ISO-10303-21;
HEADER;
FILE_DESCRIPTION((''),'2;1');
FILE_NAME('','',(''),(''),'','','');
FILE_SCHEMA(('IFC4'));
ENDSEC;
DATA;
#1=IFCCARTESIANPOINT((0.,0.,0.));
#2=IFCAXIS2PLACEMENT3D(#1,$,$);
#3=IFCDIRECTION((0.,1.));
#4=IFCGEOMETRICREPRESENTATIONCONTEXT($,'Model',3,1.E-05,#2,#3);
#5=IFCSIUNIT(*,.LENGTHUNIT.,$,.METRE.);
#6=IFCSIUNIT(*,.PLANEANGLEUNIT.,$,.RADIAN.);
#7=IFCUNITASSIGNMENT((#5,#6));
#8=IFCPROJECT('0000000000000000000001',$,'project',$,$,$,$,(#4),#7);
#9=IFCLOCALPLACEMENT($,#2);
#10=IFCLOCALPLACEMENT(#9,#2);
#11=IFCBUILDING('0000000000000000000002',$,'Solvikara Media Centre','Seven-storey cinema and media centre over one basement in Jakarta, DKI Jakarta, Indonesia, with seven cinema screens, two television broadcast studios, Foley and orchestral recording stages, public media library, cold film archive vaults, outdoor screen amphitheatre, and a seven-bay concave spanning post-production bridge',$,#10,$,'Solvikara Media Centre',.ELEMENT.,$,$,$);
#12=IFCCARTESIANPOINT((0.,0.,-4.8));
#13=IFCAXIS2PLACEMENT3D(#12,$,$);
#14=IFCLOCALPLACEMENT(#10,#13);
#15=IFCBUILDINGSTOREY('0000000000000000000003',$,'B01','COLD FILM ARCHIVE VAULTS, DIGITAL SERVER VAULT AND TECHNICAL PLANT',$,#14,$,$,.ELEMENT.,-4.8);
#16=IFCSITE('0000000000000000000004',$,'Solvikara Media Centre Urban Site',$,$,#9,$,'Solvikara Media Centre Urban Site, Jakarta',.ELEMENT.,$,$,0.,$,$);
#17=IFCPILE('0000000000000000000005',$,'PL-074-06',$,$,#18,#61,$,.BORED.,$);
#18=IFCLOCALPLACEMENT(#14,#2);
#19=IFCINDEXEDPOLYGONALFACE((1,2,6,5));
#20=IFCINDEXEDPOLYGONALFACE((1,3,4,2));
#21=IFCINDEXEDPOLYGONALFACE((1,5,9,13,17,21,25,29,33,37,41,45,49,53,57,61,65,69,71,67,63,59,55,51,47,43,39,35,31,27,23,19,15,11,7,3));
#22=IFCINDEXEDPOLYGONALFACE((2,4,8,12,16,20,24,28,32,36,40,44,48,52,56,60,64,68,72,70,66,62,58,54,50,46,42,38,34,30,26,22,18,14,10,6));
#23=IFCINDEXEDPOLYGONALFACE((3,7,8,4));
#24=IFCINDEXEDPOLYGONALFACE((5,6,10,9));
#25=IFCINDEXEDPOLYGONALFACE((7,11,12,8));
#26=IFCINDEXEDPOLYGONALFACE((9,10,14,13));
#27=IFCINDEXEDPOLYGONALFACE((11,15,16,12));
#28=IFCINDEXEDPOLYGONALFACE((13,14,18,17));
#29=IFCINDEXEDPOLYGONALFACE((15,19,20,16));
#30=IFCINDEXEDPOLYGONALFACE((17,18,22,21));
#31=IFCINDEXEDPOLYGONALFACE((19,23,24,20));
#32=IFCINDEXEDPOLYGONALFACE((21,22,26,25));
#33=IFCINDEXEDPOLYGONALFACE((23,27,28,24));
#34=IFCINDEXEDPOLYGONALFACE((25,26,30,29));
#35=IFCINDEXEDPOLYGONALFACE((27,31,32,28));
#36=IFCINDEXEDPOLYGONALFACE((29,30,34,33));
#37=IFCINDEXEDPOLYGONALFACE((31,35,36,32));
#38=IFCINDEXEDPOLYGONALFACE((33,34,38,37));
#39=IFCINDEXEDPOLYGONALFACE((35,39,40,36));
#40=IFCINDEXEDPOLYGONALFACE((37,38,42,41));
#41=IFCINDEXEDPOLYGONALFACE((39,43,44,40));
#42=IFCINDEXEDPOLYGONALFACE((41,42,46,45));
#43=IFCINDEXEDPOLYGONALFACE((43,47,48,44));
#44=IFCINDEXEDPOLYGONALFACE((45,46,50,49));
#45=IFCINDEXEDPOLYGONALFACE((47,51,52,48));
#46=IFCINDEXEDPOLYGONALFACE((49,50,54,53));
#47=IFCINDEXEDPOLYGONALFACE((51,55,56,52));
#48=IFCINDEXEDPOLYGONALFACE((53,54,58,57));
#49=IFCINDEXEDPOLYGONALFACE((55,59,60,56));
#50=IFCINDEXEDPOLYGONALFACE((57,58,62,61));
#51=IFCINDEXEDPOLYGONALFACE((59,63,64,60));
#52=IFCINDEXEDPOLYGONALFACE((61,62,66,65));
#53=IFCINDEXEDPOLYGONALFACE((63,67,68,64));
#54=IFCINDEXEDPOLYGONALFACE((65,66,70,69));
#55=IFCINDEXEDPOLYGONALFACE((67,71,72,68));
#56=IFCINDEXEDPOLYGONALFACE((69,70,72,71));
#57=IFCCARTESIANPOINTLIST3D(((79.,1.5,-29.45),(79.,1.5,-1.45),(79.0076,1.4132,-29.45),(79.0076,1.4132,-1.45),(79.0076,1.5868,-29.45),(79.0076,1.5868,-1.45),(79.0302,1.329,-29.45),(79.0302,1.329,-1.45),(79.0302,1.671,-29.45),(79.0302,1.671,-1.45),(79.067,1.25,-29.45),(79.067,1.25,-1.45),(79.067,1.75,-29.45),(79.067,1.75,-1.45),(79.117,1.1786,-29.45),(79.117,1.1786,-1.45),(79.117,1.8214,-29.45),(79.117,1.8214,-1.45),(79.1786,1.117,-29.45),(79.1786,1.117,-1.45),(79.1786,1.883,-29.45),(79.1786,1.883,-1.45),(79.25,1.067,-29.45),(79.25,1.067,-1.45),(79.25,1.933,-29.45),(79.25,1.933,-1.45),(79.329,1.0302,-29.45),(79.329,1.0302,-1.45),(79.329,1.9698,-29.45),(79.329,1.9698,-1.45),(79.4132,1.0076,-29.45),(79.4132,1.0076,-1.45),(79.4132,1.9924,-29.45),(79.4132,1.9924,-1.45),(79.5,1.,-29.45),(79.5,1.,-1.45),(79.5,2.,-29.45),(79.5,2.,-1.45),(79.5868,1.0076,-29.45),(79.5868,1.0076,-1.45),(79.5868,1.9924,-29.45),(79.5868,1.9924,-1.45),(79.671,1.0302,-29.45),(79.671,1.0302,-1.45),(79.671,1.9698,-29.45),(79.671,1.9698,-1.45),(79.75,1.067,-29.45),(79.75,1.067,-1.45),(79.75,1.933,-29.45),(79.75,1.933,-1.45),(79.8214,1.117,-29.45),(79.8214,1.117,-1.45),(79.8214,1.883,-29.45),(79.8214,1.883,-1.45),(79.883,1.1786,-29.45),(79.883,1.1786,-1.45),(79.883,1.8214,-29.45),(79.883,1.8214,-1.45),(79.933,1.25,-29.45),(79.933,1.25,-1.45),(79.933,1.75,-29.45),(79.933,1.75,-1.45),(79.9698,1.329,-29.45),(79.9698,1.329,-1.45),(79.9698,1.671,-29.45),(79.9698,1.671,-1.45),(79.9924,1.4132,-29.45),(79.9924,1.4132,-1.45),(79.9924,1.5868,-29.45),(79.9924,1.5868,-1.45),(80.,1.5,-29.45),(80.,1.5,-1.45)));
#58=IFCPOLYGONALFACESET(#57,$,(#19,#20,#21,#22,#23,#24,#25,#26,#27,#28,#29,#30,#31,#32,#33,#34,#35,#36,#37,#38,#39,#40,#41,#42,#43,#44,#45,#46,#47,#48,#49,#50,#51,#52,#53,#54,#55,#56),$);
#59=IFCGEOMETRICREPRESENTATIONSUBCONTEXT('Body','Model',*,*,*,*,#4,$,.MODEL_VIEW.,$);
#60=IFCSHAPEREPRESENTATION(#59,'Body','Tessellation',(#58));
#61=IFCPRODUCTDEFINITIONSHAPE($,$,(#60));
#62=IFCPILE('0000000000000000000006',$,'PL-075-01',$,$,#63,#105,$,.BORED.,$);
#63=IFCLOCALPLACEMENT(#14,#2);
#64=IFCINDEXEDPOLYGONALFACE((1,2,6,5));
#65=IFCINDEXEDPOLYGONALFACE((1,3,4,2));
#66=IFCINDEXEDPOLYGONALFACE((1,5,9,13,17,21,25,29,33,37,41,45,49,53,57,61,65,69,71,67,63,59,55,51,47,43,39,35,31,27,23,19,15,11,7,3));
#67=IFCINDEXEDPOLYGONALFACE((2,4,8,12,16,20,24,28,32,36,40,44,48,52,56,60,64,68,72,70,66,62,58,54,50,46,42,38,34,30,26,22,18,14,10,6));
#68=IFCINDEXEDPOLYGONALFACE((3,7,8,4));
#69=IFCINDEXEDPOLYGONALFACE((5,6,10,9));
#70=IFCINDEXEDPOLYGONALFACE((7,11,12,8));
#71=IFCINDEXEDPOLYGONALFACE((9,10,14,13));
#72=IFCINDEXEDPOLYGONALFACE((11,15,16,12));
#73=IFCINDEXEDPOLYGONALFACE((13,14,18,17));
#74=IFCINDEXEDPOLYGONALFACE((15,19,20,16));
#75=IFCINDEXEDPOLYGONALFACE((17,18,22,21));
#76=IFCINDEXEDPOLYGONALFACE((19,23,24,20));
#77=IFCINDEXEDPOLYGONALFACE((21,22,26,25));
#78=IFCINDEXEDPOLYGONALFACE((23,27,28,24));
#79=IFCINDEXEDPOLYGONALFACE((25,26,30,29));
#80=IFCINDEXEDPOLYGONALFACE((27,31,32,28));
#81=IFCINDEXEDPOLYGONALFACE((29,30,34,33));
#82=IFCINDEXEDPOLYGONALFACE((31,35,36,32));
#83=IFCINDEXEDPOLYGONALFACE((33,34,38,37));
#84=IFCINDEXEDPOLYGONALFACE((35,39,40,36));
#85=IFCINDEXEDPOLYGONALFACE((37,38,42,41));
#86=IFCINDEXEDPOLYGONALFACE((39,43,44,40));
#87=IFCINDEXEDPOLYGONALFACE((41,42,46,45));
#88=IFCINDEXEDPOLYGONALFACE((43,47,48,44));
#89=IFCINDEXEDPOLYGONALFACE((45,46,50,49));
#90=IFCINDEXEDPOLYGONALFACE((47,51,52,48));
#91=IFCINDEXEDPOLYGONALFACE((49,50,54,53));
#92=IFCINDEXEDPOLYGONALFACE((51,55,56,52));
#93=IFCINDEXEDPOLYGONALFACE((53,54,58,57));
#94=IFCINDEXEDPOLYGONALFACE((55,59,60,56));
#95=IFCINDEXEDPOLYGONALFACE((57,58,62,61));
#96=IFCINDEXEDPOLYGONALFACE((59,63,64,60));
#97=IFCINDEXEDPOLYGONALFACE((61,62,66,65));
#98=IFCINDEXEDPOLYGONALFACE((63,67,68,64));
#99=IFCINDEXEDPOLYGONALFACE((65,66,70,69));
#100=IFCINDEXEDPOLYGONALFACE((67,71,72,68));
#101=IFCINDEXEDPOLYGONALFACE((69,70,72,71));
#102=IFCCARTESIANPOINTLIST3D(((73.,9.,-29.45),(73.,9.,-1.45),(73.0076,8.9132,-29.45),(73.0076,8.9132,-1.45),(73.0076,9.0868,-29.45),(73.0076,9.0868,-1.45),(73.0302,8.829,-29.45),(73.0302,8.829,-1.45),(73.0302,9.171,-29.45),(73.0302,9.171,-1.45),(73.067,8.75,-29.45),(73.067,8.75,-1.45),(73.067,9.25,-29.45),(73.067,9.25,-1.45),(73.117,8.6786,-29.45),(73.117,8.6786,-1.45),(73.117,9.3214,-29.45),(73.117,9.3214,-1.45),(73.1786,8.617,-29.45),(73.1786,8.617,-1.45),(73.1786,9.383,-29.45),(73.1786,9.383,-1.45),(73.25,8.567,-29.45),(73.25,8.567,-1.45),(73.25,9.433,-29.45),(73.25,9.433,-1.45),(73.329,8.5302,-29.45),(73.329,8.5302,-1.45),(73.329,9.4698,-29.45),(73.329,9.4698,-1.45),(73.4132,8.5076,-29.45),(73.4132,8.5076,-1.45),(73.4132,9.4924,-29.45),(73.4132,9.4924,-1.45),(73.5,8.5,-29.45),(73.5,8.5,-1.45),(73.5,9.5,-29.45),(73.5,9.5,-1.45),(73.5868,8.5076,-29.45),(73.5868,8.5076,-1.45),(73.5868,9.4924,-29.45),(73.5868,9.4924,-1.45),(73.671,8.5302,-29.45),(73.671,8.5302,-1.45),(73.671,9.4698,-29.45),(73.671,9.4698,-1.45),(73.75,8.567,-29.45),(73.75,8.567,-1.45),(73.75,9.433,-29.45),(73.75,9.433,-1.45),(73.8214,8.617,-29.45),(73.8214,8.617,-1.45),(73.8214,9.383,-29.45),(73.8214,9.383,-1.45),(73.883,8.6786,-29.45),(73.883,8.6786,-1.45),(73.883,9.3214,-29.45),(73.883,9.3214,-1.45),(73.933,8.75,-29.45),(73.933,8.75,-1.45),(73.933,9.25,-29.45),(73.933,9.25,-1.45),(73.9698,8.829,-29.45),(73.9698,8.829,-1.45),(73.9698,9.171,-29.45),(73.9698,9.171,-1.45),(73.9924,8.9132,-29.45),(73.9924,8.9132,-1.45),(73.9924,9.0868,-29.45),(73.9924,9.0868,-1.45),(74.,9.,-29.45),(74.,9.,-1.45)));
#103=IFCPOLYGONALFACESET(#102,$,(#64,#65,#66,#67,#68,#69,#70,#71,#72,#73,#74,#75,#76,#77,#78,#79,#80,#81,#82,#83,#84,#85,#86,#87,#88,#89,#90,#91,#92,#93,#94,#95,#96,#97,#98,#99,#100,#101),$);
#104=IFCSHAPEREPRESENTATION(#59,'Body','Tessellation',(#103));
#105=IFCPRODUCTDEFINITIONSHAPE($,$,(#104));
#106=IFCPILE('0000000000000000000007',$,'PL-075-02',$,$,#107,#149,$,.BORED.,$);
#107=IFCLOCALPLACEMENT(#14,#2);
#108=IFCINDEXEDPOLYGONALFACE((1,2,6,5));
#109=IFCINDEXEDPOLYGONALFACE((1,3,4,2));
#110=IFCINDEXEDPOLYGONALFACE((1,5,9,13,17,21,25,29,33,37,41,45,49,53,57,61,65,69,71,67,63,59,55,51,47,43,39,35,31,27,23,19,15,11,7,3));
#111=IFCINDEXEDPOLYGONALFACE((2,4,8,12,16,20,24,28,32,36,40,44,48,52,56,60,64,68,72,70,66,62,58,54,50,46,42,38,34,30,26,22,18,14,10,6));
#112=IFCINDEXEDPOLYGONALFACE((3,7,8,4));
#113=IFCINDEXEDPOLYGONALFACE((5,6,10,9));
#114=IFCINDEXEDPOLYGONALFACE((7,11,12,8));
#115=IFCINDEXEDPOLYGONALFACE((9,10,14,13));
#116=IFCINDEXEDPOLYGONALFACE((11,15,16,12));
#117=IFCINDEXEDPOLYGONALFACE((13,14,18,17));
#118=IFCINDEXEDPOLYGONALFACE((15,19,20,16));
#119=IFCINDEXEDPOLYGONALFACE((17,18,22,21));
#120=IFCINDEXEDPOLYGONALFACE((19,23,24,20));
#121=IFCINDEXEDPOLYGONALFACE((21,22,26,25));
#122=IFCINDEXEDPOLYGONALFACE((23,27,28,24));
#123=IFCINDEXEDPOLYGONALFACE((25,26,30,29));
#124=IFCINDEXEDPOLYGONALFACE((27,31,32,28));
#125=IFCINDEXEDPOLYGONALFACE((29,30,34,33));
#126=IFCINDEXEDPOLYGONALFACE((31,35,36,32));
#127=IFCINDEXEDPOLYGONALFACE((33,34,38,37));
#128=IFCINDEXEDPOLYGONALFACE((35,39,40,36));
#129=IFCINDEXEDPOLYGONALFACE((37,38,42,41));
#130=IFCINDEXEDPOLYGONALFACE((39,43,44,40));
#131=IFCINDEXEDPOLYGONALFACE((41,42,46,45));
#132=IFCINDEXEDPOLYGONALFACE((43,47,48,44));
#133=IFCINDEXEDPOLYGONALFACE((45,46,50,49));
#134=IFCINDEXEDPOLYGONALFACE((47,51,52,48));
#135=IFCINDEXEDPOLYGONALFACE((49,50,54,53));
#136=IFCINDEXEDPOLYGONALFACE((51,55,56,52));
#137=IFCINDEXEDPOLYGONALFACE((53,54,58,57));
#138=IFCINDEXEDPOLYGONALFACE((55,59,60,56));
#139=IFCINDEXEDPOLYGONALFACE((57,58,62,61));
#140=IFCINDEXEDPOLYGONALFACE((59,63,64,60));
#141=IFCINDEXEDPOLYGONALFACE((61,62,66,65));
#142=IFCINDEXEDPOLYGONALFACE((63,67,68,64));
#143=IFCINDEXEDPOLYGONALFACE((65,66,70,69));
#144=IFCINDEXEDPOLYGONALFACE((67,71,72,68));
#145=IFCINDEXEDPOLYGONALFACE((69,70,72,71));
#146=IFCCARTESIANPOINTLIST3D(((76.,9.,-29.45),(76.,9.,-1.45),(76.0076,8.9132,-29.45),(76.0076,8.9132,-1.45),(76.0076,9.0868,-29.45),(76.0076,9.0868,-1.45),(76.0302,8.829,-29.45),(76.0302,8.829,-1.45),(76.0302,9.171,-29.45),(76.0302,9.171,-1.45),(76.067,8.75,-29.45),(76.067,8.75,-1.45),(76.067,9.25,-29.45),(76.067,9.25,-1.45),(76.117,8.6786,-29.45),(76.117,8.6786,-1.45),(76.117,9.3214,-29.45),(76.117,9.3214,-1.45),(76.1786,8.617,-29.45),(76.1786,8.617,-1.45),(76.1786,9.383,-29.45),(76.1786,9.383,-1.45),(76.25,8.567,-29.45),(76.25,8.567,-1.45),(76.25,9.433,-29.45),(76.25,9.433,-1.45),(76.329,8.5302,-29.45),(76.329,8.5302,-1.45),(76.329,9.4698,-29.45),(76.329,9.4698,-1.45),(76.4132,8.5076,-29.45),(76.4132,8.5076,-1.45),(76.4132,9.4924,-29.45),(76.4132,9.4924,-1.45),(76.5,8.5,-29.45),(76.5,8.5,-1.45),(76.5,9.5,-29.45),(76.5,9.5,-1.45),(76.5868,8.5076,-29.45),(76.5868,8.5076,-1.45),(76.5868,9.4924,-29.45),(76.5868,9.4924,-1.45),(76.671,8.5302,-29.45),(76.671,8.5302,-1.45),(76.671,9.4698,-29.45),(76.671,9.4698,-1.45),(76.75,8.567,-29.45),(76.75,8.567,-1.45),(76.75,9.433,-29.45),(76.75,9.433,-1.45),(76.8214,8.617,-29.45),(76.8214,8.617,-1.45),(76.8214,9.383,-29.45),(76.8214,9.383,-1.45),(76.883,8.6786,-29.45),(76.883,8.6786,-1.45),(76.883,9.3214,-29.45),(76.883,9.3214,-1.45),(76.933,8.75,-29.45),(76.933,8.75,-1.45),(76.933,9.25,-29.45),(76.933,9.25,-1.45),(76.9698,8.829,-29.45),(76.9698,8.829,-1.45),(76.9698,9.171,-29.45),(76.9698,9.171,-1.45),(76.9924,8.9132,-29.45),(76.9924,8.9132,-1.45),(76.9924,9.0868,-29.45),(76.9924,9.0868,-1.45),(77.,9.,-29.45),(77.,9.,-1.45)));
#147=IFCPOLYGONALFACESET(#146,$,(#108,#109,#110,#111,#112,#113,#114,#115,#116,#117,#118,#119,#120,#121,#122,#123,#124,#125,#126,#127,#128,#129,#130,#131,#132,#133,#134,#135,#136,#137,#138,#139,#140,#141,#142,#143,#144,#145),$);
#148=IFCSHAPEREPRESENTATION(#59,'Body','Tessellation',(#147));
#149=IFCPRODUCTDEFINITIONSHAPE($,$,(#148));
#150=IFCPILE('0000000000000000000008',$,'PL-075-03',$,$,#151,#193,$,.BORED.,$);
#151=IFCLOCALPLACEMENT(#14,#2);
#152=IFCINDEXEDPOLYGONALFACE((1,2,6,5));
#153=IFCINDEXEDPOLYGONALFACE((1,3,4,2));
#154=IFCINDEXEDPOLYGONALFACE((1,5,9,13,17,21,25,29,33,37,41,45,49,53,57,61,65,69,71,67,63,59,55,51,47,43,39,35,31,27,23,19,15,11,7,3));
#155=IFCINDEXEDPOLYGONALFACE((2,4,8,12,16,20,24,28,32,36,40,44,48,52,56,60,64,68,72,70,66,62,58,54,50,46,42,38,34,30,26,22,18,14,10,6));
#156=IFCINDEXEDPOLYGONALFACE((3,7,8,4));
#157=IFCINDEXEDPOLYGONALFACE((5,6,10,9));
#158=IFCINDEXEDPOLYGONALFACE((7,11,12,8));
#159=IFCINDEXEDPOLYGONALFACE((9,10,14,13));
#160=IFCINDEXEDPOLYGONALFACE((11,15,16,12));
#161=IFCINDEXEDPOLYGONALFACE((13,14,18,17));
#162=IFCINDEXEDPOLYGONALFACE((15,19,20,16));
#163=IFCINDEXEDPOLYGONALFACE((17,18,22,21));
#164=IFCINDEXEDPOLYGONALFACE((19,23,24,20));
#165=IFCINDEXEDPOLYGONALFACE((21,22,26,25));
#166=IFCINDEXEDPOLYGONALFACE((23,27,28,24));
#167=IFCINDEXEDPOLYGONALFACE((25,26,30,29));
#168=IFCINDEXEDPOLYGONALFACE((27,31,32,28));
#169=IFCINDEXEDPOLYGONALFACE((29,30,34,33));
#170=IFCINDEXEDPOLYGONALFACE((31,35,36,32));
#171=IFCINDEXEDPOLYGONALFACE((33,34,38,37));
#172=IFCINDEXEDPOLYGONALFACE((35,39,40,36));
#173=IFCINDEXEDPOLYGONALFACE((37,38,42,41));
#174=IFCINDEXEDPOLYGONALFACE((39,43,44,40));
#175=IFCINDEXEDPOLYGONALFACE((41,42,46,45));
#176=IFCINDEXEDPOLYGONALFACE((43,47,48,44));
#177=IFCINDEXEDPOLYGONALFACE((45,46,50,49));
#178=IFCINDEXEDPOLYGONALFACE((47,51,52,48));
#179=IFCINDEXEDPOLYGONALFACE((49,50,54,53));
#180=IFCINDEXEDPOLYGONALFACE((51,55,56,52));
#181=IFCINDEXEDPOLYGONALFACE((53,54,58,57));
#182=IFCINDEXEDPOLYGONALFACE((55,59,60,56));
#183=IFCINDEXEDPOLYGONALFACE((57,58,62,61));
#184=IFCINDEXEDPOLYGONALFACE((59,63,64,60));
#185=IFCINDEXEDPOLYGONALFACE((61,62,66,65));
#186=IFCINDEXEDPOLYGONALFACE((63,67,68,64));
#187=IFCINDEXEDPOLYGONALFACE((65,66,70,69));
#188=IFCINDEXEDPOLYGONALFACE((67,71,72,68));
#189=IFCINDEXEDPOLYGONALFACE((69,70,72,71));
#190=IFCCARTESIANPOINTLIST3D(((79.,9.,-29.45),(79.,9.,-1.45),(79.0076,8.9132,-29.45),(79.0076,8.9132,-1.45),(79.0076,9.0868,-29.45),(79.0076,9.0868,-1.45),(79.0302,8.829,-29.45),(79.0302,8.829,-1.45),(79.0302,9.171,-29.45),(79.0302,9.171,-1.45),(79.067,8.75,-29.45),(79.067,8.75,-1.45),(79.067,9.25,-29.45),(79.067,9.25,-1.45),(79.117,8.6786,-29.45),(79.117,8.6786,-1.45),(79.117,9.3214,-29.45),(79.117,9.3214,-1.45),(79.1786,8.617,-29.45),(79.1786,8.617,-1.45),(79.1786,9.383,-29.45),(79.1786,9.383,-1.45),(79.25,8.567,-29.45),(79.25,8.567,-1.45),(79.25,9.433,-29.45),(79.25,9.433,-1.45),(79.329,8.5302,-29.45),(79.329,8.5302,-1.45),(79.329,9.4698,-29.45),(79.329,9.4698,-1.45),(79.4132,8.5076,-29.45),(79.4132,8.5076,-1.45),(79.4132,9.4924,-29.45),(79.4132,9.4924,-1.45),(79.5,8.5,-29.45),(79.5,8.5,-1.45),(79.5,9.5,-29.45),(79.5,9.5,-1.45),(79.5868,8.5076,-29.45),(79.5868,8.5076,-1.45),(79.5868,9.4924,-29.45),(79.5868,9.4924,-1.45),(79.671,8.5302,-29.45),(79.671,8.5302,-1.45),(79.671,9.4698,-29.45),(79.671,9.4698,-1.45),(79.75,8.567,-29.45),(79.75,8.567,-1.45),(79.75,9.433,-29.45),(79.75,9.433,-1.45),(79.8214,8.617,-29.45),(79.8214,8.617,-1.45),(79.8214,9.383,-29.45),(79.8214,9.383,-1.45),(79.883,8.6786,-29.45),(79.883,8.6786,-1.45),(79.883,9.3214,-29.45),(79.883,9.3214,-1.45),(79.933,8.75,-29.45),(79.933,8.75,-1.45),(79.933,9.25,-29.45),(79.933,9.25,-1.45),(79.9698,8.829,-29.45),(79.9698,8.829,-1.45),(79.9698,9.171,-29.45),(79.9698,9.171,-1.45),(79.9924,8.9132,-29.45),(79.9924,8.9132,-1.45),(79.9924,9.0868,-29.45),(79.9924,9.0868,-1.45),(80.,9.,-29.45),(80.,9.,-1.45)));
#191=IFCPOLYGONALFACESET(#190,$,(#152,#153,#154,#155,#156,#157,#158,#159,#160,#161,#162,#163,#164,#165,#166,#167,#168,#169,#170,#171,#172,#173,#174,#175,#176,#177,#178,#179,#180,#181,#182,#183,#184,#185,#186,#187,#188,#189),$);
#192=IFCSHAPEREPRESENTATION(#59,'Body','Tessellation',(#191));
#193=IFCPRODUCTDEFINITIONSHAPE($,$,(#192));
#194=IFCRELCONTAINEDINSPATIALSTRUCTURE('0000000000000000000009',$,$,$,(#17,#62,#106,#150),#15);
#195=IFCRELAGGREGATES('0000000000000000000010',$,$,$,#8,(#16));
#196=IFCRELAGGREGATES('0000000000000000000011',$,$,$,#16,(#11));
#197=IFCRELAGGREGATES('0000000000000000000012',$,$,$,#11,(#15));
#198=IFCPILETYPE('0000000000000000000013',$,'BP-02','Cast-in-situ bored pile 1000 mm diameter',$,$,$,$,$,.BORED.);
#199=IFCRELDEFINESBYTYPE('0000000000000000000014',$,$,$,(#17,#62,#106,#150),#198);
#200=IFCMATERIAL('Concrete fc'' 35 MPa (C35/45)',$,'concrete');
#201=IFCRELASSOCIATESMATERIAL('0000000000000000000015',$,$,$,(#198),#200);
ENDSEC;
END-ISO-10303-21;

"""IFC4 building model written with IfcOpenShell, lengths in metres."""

from ifc_helpers import new_model, si_unit, direction, frame, origin, origin_2d, place, context, subcontext, project, spatial, circle, extrude, material, material_profile, profile_set, type_object, element, save


model = new_model("IFC4")

# Units and contexts
model_context = context("Model", 3, precision=1e-05, world=origin(), true_north=direction((0.0, 1.0)))
body_context = subcontext(model_context, "Body", "Model", "MODEL_VIEW")
ifc_project = project(units=[si_unit("LENGTHUNIT", "METRE"), si_unit("PLANEANGLEUNIT", "RADIAN")], contexts=[model_context])

# Site, building, storey
site_placement = place(None, origin())
site = spatial("IfcSite", under=ifc_project, at=site_placement, Name="Solvikara Media Centre Urban Site", LongName="Solvikara Media Centre Urban Site, Jakarta", CompositionType="ELEMENT", RefElevation=0.0)
building_placement = place(site_placement, origin())
building = spatial("IfcBuilding", under=site, at=building_placement, Name="Solvikara Media Centre", Description="Seven-storey cinema and media centre over one basement in Jakarta, DKI Jakarta, Indonesia, with seven cinema screens, two television broadcast studios, Foley and orchestral recording stages, public media library, cold film archive vaults, outdoor screen amphitheatre, and a seven-bay concave spanning post-production bridge", LongName="Solvikara Media Centre", CompositionType="ELEMENT")
storey_placement = place(building_placement, frame((0.0, 0.0, -4.8)))
storey = spatial("IfcBuildingStorey", under=building, at=storey_placement, Name="B01", Description="COLD FILM ARCHIVE VAULTS, DIGITAL SERVER VAULT AND TECHNICAL PLANT", CompositionType="ELEMENT", Elevation=-4.8)

# Piles
ifc_material_1 = material(Name="Concrete fc' 35 MPa (C35/45)", Category="concrete")
ifc_material_profile_1 = material_profile(ifc_material_1, circle(Radius=0.5, at=origin_2d()), Name="BORED PILE D1000")
ifc_profile_set_1 = profile_set([ifc_material_profile_1], Name="Concrete fc' 35 MPa (C35/45)")
pile_type_1 = type_object("IfcPileType", Name="BP-02", Description="Cast-in-situ bored pile 1000 mm diameter", PredefinedType="BORED", material=ifc_profile_set_1)
for number, where, z_axis, x_axis, name in (
    (1, (79.5, 1.5, -1.45), (0.0, 0.0, -1.0), (1.0, 0.0, 0.0), "PL-074-06"),
    (2, (73.5, 9.0, -1.45), (0.0, 0.0, -1.0), (1.0, 0.0, 0.0), "PL-075-01"),
    (3, (76.5, 9.0, -1.45), (0.0, 0.0, -1.0), (1.0, 0.0, 0.0), "PL-075-02"),
    (4, (79.5, 9.0, -1.45), (0.0, 0.0, -1.0), (1.0, 0.0, 0.0), "PL-075-03"),
):
    element("IfcPile", number, at=place(storey_placement, frame(where, z_axis=z_axis, x_axis=x_axis)), inside=storey, type_object=pile_type_1, Name=name, PredefinedType="BORED", context=body_context, shape_type="SweptSolid", body=[
        extrude(circle(Radius=0.5, at=origin_2d()), origin(), (0.0, 0.0, 1.0), 28.0),
    ])

save(model, "model.ifc")
